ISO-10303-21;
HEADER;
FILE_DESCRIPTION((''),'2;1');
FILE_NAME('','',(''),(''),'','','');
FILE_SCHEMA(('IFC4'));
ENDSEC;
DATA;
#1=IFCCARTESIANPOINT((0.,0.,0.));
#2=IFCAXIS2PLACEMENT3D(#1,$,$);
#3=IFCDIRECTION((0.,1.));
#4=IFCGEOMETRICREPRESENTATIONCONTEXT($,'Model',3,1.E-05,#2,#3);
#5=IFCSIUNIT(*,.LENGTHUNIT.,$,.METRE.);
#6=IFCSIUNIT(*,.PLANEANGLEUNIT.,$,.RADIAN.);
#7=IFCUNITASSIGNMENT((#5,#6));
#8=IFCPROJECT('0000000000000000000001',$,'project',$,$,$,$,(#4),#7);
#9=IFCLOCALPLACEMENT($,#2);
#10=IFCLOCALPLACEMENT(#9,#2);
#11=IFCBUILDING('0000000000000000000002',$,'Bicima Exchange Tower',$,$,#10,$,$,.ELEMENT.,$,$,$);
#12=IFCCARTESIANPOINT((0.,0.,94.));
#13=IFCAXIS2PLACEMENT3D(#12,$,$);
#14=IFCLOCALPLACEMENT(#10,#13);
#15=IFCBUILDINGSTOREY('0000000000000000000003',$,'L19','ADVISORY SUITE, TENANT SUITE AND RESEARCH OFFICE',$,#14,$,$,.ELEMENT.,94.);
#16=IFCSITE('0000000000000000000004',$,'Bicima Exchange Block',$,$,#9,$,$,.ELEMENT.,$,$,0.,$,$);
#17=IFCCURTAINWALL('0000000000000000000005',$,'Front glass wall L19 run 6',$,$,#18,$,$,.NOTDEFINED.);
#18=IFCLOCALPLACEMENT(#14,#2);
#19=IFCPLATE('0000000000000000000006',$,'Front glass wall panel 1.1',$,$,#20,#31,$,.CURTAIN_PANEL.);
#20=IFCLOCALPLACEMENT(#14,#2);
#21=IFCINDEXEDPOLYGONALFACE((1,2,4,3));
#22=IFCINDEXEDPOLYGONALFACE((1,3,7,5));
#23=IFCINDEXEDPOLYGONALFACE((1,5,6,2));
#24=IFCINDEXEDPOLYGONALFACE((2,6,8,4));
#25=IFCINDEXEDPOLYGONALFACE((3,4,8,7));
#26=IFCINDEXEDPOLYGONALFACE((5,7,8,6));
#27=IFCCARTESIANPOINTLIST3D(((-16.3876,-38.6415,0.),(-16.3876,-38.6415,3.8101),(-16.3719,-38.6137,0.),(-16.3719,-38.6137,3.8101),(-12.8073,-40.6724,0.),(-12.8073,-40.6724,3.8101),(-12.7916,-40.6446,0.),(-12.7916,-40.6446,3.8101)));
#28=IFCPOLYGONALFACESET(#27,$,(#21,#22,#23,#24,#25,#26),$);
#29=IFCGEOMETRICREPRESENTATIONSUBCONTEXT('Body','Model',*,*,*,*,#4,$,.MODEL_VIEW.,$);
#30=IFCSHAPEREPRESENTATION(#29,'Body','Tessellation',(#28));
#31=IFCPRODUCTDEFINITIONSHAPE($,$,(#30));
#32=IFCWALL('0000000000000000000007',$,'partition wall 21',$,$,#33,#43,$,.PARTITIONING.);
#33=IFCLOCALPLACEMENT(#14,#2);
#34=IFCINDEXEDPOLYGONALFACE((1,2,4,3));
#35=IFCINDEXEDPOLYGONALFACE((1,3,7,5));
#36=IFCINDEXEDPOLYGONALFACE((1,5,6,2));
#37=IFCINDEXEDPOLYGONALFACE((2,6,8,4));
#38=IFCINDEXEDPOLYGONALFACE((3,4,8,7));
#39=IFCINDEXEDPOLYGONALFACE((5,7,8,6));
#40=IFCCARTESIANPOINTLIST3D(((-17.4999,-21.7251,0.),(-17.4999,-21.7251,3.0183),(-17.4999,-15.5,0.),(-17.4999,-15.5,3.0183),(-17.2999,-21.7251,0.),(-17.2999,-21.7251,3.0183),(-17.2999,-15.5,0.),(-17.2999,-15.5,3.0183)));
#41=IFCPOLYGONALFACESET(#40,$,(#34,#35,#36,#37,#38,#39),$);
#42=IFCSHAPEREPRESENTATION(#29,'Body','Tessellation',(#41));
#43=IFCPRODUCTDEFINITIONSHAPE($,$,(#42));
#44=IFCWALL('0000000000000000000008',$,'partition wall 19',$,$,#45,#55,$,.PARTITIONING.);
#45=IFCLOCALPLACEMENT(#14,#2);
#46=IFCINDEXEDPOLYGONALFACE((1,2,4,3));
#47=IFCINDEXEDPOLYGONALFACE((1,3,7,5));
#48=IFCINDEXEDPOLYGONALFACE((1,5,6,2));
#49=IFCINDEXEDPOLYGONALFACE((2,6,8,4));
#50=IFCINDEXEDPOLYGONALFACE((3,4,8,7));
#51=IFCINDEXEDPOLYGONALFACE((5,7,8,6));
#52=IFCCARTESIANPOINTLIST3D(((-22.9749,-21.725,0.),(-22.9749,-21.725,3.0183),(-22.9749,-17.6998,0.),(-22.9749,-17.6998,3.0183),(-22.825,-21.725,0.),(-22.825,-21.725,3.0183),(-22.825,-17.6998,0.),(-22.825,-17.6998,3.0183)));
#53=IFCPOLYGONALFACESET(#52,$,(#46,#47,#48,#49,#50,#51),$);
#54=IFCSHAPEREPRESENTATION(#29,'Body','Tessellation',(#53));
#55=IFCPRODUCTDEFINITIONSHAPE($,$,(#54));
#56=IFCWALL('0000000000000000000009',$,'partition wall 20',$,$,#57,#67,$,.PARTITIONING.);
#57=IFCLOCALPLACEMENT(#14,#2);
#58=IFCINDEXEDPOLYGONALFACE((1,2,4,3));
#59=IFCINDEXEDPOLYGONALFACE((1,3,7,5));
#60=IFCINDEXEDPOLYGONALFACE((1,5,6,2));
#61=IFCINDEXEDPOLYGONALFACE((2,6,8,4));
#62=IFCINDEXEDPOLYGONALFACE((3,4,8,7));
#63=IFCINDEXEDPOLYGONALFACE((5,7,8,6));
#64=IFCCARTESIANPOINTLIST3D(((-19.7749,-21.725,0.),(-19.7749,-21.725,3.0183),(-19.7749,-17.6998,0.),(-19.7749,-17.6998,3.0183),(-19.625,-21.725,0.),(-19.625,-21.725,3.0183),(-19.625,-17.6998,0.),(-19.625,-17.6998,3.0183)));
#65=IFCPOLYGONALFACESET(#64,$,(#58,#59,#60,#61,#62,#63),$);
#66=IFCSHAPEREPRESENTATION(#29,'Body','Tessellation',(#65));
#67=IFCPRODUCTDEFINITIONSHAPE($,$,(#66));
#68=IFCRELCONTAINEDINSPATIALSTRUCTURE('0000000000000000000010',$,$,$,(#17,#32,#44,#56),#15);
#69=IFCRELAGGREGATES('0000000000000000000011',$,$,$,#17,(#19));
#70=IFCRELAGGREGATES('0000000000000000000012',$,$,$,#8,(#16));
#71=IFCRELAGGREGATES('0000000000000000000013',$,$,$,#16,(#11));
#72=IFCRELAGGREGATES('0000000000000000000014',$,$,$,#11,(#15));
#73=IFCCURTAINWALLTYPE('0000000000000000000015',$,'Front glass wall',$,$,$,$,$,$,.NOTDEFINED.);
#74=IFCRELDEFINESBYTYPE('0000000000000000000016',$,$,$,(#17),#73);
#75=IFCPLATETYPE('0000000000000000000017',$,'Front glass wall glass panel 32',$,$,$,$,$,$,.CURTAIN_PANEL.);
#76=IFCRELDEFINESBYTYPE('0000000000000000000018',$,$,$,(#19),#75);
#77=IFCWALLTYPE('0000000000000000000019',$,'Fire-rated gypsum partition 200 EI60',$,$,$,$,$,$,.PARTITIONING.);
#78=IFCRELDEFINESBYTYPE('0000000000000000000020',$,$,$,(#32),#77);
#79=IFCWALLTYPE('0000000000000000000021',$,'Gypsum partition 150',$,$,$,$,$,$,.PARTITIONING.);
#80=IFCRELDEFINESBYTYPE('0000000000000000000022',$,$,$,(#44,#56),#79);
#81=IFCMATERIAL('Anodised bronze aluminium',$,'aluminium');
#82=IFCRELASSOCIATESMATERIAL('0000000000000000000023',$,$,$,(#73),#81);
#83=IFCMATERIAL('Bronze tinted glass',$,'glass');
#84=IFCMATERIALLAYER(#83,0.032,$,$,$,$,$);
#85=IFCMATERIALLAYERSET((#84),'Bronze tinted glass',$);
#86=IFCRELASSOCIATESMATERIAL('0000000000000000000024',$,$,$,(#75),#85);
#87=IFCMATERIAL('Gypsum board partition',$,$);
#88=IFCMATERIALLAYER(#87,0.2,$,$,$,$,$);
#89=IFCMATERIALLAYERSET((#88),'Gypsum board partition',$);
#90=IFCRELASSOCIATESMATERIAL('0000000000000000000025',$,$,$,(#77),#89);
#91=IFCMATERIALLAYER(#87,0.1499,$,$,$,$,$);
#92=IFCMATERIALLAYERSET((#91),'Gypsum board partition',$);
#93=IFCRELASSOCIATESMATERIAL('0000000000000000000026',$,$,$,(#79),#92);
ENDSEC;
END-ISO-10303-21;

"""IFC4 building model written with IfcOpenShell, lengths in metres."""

from ifc_helpers import new_model, si_unit, direction, frame, frame_2d, origin, origin_2d, place, context, subcontext, project, spatial, rectangle, extrude, material, layer, layer_set, type_object, element, aggregate, save


model = new_model("IFC4")

# Units and contexts
model_context = context("Model", 3, precision=1e-05, world=origin(), true_north=direction((0.0, 1.0)))
body_context = subcontext(model_context, "Body", "Model", "MODEL_VIEW")
ifc_project = project(units=[si_unit("LENGTHUNIT", "METRE"), si_unit("PLANEANGLEUNIT", "RADIAN")], contexts=[model_context])

# Site, building, storey
site_placement = place(None, origin())
site = spatial("IfcSite", under=ifc_project, at=site_placement, Name="Bicima Exchange Block", CompositionType="ELEMENT", RefElevation=0.0)
building_placement = place(site_placement, origin())
building = spatial("IfcBuilding", under=site, at=building_placement, Name="Bicima Exchange Tower", CompositionType="ELEMENT")
storey_placement = place(building_placement, frame((0.0, 0.0, 94.0)))
storey = spatial("IfcBuildingStorey", under=building, at=storey_placement, Name="L19", Description="ADVISORY SUITE, TENANT SUITE AND RESEARCH OFFICE", CompositionType="ELEMENT", Elevation=94.0)

# Curtain wall
ifc_material_1 = material(Name="Anodised bronze aluminium", Category="aluminium")
curtain_wall_type = type_object("IfcCurtainWallType", Name="Front glass wall", PredefinedType="NOTDEFINED", material=ifc_material_1)
curtain_wall_1_placement = place(storey_placement, origin())
curtain_wall_1 = element("IfcCurtainWall", 1, at=curtain_wall_1_placement, inside=storey, type_object=curtain_wall_type, Name="Front glass wall L19 run 6", PredefinedType="NOTDEFINED")

# Plate
ifc_material_2 = material(Name="Bronze tinted glass", Category="glass")
ifc_layer_1 = layer(ifc_material_2, 0.032)
ifc_layer_set_1 = layer_set([ifc_layer_1], Name="Bronze tinted glass")
plate_type_1 = type_object("IfcPlateType", Name="Front glass wall glass panel 32", PredefinedType="CURTAIN_PANEL", material=ifc_layer_set_1)
plate_1_placement = place(storey_placement, frame((-14.5896, -39.6431, 0.0), z_axis=(0.0, 0.0, 1.0), x_axis=(0.869805, -0.493395, 0.0)))
plate_1 = element("IfcPlate", 2, at=plate_1_placement, type_object=plate_type_1, Name="Front glass wall panel 1.1", PredefinedType="CURTAIN_PANEL", context=body_context, shape_type="SweptSolid", body=[
    extrude(rectangle(XDim=4.1162, YDim=0.032, at=origin_2d()), origin(), (0.0, 0.0, 1.0), 3.8101),
])
aggregate(curtain_wall_1, [plate_1])

# Walls
ifc_material_3 = material(Name="Gypsum board partition")
ifc_layer_2 = layer(ifc_material_3, 0.2)
ifc_layer_set_2 = layer_set([ifc_layer_2], Name="Gypsum board partition")
wall_type_1 = type_object("IfcWallType", Name="Fire-rated gypsum partition 200 EI60", PredefinedType="PARTITIONING", material=ifc_layer_set_2)
wall_placement = place(storey_placement, frame((-17.3999, -21.7251, 0.0), z_axis=(0.0, 0.0, 1.0), x_axis=(0.0, 1.0, 0.0)))
element("IfcWall", 3, at=wall_placement, inside=storey, type_object=wall_type_1, Name="partition wall 21", PredefinedType="PARTITIONING", context=body_context, shape_type="SweptSolid", body=[
    extrude(rectangle(XDim=6.2251, YDim=0.2, at=frame_2d((3.1125, 0.0))), origin(), (0.0, 0.0, 1.0), 3.0183),
])
ifc_layer_3 = layer(ifc_material_3, 0.1499)
ifc_layer_set_3 = layer_set([ifc_layer_3], Name="Gypsum board partition")
wall_type_2 = type_object("IfcWallType", Name="Gypsum partition 150", PredefinedType="PARTITIONING", material=ifc_layer_set_3)
for number, where, z_axis, x_axis, name in (
    (4, (-22.8999, -21.7251, 0.0), (0.0, 0.0, 1.0), (0.0, 1.0, 0.0), "partition wall 19"),
    (5, (-19.7, -21.7251, 0.0), (0.0, 0.0, 1.0), (0.0, 1.0, 0.0), "partition wall 20"),
):
    element("IfcWall", number, at=place(storey_placement, frame(where, z_axis=z_axis, x_axis=x_axis)), inside=storey, type_object=wall_type_2, Name=name, PredefinedType="PARTITIONING", context=body_context, shape_type="SweptSolid", body=[
        extrude(rectangle(XDim=4.0251, YDim=0.1499, at=frame_2d((2.0127, 0.0))), origin(), (0.0, 0.0, 1.0), 3.0183),
    ])

save(model, "model.ifc")
